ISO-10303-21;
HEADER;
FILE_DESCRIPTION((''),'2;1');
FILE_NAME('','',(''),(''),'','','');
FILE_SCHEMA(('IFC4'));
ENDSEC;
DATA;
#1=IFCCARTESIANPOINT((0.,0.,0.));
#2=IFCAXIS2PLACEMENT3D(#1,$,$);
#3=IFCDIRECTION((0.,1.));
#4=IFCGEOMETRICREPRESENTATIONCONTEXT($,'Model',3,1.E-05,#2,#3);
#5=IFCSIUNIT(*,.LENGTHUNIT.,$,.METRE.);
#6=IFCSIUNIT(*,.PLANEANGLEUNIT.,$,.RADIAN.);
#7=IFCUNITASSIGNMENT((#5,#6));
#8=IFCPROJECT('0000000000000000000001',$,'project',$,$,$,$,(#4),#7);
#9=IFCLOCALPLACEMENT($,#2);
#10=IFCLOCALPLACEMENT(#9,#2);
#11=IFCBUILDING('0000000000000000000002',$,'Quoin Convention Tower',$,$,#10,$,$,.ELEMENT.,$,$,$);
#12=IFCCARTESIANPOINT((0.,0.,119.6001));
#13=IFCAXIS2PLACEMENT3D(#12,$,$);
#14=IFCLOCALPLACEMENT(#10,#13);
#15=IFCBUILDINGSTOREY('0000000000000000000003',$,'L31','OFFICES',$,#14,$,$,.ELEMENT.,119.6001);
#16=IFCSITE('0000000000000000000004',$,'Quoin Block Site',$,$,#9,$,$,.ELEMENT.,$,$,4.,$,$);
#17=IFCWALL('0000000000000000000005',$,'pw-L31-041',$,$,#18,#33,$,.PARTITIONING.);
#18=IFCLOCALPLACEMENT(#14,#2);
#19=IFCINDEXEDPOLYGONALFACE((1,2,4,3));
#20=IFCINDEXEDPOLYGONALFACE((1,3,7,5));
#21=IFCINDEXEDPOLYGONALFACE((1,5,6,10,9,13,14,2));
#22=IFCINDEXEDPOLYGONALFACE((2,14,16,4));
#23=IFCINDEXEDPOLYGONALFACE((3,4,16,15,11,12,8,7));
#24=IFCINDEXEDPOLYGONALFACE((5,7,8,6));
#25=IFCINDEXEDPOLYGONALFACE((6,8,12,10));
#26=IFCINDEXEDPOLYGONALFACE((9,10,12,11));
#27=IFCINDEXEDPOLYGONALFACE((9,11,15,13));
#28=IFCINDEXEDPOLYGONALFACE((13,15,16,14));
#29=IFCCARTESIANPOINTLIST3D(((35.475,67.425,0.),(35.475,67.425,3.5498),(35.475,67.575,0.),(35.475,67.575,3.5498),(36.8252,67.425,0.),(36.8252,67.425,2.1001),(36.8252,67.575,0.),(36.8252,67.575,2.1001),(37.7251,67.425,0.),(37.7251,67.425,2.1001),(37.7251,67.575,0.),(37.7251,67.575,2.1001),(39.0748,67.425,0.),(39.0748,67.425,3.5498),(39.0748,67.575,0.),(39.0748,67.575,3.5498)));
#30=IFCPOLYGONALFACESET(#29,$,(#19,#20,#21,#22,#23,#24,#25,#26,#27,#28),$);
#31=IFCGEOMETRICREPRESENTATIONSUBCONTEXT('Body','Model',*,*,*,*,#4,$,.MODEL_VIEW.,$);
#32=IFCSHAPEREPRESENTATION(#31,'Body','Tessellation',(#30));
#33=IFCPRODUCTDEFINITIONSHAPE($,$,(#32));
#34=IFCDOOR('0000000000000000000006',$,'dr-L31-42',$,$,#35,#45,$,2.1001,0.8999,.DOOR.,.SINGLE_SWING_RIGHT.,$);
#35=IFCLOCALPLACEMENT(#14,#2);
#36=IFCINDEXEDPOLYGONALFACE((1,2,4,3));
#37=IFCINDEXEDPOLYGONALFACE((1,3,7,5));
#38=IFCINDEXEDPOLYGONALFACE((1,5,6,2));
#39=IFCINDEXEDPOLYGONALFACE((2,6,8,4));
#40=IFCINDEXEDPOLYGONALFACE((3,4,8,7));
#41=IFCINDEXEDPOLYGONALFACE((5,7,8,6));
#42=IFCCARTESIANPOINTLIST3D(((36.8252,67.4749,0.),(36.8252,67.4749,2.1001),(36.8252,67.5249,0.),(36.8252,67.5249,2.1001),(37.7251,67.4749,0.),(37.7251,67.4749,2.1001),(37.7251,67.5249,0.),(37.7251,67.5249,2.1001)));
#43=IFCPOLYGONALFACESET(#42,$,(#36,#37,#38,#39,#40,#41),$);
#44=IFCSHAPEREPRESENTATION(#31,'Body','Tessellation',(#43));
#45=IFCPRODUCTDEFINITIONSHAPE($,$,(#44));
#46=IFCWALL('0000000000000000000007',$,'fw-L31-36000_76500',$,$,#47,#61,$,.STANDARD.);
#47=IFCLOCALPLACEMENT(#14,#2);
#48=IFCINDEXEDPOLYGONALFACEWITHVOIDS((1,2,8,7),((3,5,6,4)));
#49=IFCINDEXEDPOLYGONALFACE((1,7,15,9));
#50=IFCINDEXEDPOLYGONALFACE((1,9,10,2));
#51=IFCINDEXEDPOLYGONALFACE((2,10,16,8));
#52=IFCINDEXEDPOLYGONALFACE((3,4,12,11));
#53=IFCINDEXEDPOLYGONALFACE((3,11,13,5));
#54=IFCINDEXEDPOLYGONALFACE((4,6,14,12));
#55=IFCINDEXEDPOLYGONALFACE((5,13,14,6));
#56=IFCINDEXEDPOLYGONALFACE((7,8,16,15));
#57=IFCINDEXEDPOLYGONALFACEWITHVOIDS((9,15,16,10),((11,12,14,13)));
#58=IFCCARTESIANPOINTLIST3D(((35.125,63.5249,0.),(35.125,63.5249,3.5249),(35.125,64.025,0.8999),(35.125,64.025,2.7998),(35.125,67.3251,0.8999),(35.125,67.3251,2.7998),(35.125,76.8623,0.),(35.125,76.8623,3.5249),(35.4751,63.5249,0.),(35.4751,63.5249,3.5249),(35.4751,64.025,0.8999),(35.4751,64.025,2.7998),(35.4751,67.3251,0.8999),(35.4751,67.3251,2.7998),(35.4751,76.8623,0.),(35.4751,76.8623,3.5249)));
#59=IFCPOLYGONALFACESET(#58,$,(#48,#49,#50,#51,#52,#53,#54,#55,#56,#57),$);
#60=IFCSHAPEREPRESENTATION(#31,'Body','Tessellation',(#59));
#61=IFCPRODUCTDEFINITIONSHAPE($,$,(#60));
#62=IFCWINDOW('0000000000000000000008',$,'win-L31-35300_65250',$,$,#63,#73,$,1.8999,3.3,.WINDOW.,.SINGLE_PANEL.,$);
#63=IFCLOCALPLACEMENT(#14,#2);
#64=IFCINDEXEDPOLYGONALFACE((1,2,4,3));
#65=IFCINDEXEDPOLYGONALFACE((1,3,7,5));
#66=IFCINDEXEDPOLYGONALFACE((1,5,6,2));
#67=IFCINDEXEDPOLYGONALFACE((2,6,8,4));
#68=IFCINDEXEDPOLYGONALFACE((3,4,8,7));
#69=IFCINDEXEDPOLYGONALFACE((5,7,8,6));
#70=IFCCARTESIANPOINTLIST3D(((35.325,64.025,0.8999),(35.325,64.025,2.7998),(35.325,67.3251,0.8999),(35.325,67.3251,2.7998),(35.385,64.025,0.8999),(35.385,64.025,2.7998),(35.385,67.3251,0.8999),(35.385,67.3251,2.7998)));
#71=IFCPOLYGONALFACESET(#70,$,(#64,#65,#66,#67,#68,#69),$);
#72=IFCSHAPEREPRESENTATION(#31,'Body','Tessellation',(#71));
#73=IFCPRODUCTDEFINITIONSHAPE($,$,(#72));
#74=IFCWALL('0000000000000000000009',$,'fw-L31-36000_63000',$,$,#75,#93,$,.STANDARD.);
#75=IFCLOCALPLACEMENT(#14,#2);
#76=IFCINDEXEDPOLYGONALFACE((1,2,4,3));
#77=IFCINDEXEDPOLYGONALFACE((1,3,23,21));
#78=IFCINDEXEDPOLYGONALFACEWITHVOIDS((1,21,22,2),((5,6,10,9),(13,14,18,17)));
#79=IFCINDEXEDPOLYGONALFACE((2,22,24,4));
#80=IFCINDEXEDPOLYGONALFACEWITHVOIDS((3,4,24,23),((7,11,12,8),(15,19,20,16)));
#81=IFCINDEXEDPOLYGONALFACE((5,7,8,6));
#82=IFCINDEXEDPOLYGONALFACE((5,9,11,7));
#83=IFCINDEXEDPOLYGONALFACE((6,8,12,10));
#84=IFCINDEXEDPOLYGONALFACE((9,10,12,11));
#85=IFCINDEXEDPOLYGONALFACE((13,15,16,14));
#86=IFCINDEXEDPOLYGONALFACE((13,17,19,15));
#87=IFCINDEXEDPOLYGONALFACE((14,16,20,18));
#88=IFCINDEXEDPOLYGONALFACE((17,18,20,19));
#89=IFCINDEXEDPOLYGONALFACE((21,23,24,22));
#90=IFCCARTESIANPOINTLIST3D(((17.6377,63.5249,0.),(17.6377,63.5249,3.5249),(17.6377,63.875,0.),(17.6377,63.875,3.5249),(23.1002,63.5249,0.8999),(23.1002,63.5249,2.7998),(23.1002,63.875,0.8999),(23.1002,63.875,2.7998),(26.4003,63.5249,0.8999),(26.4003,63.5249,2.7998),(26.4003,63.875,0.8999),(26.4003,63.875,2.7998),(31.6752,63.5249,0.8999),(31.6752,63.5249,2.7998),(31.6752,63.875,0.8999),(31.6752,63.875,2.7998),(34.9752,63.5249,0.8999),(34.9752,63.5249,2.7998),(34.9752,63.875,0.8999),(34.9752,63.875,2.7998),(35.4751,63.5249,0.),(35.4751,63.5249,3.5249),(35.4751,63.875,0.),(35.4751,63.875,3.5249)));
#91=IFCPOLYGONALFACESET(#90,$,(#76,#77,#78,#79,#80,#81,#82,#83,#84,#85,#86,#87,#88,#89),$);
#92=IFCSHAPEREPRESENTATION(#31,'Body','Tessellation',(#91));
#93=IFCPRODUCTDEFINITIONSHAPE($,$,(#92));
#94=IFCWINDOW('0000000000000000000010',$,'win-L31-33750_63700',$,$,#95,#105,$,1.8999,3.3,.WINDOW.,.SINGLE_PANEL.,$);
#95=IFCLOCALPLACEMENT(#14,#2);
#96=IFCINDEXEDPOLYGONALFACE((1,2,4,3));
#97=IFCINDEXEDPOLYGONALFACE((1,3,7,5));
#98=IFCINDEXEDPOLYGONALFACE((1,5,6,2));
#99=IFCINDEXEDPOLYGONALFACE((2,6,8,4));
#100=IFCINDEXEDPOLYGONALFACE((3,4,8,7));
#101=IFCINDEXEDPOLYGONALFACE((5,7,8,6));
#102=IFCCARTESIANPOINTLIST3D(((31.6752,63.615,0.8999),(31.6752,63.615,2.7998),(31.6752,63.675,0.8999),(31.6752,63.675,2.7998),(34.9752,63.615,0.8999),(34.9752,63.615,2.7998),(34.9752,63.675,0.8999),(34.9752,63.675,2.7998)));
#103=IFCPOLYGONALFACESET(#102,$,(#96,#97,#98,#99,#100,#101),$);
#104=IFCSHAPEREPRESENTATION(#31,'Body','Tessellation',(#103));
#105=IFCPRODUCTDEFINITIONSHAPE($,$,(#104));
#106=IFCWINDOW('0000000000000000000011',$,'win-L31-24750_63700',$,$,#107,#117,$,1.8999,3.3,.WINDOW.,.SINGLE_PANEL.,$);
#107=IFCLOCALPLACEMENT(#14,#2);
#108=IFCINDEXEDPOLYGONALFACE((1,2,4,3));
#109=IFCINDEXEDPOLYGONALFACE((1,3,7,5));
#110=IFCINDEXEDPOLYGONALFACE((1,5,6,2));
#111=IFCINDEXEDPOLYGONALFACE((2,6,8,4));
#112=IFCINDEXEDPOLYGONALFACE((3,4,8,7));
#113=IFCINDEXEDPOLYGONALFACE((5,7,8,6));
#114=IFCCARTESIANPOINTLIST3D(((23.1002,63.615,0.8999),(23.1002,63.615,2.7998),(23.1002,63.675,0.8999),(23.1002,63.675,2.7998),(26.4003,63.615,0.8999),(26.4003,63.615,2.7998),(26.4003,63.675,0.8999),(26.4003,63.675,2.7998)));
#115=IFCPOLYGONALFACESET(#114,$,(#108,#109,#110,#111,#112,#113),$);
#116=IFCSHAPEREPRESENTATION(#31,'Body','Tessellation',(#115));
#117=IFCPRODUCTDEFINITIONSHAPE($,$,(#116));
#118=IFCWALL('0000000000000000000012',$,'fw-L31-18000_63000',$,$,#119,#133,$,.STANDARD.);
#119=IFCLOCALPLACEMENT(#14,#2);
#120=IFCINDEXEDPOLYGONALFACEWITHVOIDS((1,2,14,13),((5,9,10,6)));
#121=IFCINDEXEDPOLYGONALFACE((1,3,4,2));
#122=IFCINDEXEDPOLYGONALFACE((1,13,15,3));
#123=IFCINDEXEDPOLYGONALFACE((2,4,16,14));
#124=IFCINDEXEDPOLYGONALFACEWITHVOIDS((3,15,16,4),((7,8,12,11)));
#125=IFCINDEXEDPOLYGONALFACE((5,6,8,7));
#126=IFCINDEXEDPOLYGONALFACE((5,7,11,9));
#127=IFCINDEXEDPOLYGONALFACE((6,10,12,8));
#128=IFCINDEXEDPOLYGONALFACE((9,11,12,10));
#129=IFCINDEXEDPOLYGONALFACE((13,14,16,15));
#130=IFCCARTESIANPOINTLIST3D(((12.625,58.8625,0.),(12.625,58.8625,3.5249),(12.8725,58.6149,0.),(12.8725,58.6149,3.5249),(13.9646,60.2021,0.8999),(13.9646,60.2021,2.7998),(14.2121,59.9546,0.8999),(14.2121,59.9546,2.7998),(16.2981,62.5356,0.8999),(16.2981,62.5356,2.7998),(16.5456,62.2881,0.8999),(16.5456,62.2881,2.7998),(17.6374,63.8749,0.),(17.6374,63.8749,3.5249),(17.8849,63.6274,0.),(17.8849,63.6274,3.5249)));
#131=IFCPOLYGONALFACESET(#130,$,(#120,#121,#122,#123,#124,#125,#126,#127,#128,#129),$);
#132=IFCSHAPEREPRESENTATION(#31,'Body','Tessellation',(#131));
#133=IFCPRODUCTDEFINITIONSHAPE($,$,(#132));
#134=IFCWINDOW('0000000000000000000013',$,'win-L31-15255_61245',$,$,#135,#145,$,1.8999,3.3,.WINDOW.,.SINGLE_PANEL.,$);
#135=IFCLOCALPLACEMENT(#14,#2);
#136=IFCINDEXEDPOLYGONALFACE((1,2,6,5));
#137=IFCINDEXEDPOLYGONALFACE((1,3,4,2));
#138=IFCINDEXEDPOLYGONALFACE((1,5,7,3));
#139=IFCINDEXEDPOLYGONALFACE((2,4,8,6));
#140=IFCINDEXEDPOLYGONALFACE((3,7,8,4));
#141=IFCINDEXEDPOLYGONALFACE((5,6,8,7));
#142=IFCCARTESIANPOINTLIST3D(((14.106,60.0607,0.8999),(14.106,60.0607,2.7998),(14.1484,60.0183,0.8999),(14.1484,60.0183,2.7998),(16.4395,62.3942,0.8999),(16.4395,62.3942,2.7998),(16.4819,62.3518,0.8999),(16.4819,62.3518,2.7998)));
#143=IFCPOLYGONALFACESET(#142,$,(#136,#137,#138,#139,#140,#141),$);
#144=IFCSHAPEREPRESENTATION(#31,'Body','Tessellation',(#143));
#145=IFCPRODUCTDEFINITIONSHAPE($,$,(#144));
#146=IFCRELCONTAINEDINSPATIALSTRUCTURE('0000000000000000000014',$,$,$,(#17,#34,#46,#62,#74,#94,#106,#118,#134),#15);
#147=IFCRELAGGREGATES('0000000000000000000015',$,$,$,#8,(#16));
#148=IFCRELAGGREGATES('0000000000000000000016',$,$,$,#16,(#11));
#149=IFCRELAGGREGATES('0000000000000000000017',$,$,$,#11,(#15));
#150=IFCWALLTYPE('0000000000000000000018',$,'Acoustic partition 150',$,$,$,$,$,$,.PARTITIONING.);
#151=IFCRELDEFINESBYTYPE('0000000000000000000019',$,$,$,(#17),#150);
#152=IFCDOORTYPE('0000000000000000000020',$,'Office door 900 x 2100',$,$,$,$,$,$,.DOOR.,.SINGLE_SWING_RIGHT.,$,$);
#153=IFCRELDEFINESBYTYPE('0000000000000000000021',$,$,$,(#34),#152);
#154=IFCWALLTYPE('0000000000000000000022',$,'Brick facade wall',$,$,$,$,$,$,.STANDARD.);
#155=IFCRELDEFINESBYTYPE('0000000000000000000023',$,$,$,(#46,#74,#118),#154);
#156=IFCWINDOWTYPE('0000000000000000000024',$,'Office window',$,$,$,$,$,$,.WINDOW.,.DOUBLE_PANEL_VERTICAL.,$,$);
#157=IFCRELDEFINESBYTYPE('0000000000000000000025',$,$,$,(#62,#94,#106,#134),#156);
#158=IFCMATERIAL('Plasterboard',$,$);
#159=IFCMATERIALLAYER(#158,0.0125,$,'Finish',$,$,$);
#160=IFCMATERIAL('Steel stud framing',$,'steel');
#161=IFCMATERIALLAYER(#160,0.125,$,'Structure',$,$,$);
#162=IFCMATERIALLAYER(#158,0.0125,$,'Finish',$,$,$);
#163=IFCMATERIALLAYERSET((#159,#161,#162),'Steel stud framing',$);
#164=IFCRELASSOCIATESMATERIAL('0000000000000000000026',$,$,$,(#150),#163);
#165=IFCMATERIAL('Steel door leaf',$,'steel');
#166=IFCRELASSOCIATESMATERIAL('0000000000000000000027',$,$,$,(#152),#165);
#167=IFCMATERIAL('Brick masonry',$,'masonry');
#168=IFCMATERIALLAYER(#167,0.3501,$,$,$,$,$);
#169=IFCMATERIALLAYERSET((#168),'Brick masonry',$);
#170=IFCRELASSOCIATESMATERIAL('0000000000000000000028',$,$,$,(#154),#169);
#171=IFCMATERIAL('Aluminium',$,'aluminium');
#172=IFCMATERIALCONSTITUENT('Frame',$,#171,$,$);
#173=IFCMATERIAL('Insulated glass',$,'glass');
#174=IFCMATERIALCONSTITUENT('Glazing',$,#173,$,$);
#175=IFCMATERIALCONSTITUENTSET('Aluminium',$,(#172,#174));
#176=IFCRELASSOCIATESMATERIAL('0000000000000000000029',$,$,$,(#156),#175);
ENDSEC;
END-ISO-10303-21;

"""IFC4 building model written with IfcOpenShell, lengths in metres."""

from ifc_helpers import new_model, si_unit, direction, frame, frame_2d, origin, place, context, subcontext, project, spatial, rectangle, extrude, material, layer, layer_set, constituent, constituent_set, type_object, element, fill, save


model = new_model("IFC4")

# Units and contexts
model_context = context("Model", 3, precision=1e-05, world=origin(), true_north=direction((0.0, 1.0)))
body_context = subcontext(model_context, "Body", "Model", "MODEL_VIEW")
ifc_project = project(units=[si_unit("LENGTHUNIT", "METRE"), si_unit("PLANEANGLEUNIT", "RADIAN")], contexts=[model_context])

# Site, building, storey
site_placement = place(None, origin())
site = spatial("IfcSite", under=ifc_project, at=site_placement, Name="Quoin Block Site", CompositionType="ELEMENT", RefElevation=4.0)
building_placement = place(site_placement, origin())
building = spatial("IfcBuilding", under=site, at=building_placement, Name="Quoin Convention Tower", CompositionType="ELEMENT")
storey_placement = place(building_placement, frame((0.0, 0.0, 119.6001)))
storey = spatial("IfcBuildingStorey", under=building, at=storey_placement, Name="L31", Description="OFFICES", CompositionType="ELEMENT", Elevation=119.6001)

# Wall, opening, door
ifc_material_1 = material(Name="Plasterboard")
ifc_layer_1 = layer(ifc_material_1, 0.0125, Name="Finish")
ifc_material_2 = material(Name="Steel stud framing", Category="steel")
ifc_layer_2 = layer(ifc_material_2, 0.125, Name="Structure")
ifc_layer_3 = layer(ifc_material_1, 0.0125, Name="Finish")
ifc_layer_set_1 = layer_set([ifc_layer_1, ifc_layer_2, ifc_layer_3], Name="Steel stud framing")
wall_type_1 = type_object("IfcWallType", Name="Acoustic partition 150", PredefinedType="PARTITIONING", material=ifc_layer_set_1)
wall_1_placement = place(storey_placement, frame((35.4751, 67.5, 0.0), z_axis=(0.0, 0.0, 1.0), x_axis=(1.0, 0.0, 0.0)))
wall_1 = element("IfcWall", 1, at=wall_1_placement, inside=storey, type_object=wall_type_1, Name="pw-L31-041", PredefinedType="PARTITIONING", context=body_context, shape_type="SweptSolid", body=[
    extrude(rectangle(XDim=3.5999, YDim=0.1499, at=frame_2d((1.7998, 0.0))), origin(), (0.0, 0.0, 1.0), 3.5498),
])
opening_1_placement = place(wall_1_placement, frame((1.3501, 0.0, 0.0)))
opening_1 = element("IfcOpeningElement", 2, at=opening_1_placement, cuts=wall_1, PredefinedType="OPENING", context=body_context, shape_type="SweptSolid", body=[
    extrude(rectangle(XDim=0.8999, YDim=2.1001, at=frame_2d((0.45, 1.05))), frame((0.0, 0.085, 0.0), z_axis=(0.0, -1.0, 0.0), x_axis=(1.0, 0.0, 0.0)), (0.0, 0.0, 1.0), 0.1699),
])
ifc_material_3 = material(Name="Steel door leaf", Category="steel")
door_type = type_object("IfcDoorType", Name="Office door 900 x 2100", OperationType="SINGLE_SWING_RIGHT", PredefinedType="DOOR", material=ifc_material_3)
door_1_placement = place(opening_1_placement, origin())
door_1 = element("IfcDoor", 3, at=door_1_placement, inside=storey, type_object=door_type, Name="dr-L31-42", OperationType="SINGLE_SWING_RIGHT", OverallHeight=2.1001, OverallWidth=0.8999, PredefinedType="DOOR", context=body_context, shape_type="SweptSolid", body=[
    extrude(rectangle(XDim=0.8999, YDim=2.1001, at=frame_2d((0.45, 1.05))), frame((0.0, 0.0249, 0.0), z_axis=(0.0, -1.0, 0.0), x_axis=(1.0, 0.0, 0.0)), (0.0, 0.0, 1.0), 0.05),
])
fill(opening_1, door_1)

# Wall, opening, window
ifc_material_4 = material(Name="Brick masonry", Category="masonry")
ifc_layer_4 = layer(ifc_material_4, 0.3501)
ifc_layer_set_2 = layer_set([ifc_layer_4], Name="Brick masonry")
wall_type_2 = type_object("IfcWallType", Name="Brick facade wall", PredefinedType="STANDARD", material=ifc_layer_set_2)
wall_2_placement = place(storey_placement, frame((35.3, 76.8623, 0.0), z_axis=(0.0, 0.0, 1.0), x_axis=(0.0, -1.0, 0.0)))
wall_2 = element("IfcWall", 4, at=wall_2_placement, inside=storey, type_object=wall_type_2, Name="fw-L31-36000_76500", PredefinedType="STANDARD", context=body_context, shape_type="SweptSolid", body=[
    extrude(rectangle(XDim=13.3374, YDim=0.3501, at=frame_2d((6.6687, 0.0))), origin(), (0.0, 0.0, 1.0), 3.5249),
])
opening_2_placement = place(wall_2_placement, frame((9.5374, 0.0, 0.8999)))
opening_2 = element("IfcOpeningElement", 5, at=opening_2_placement, cuts=wall_2, PredefinedType="OPENING", context=body_context, shape_type="SweptSolid", body=[
    extrude(rectangle(XDim=3.3, YDim=1.8999, at=frame_2d((1.6499, 0.95))), frame((0.0, 0.1851, 0.0), z_axis=(0.0, -1.0, 0.0), x_axis=(1.0, 0.0, 0.0)), (0.0, 0.0, 1.0), 0.3701),
])
ifc_material_5 = material(Name="Aluminium", Category="aluminium")
ifc_constituent_1 = constituent(ifc_material_5, Name="Frame")
ifc_material_6 = material(Name="Insulated glass", Category="glass")
ifc_constituent_2 = constituent(ifc_material_6, Name="Glazing")
ifc_constituent_set = constituent_set(constituents=[ifc_constituent_1, ifc_constituent_2], Name="Aluminium")
window_type = type_object("IfcWindowType", Name="Office window", PartitioningType="DOUBLE_PANEL_VERTICAL", PredefinedType="WINDOW", material=ifc_constituent_set)
window_1_placement = place(opening_2_placement, origin())
window_1 = element("IfcWindow", 6, at=window_1_placement, inside=storey, type_object=window_type, Name="win-L31-35300_65250", OverallHeight=1.8999, OverallWidth=3.3, PartitioningType="SINGLE_PANEL", PredefinedType="WINDOW", context=body_context, shape_type="SweptSolid", body=[
    extrude(rectangle(XDim=3.3, YDim=1.8999, at=frame_2d((1.6499, 0.95))), frame((0.0, 0.085, 0.0), z_axis=(0.0, -1.0, 0.0), x_axis=(1.0, 0.0, 0.0)), (0.0, 0.0, 1.0), 0.0601),
])
fill(opening_2, window_1)

# Wall, openings, windows
wall_3_placement = place(storey_placement, frame((35.4751, 63.7, 0.0), z_axis=(0.0, 0.0, 1.0), x_axis=(-1.0, 0.0, 0.0)))
wall_3 = element("IfcWall", 7, at=wall_3_placement, inside=storey, type_object=wall_type_2, Name="fw-L31-36000_63000", PredefinedType="STANDARD", context=body_context, shape_type="SweptSolid", body=[
    extrude(rectangle(XDim=17.8374, YDim=0.3501, at=frame_2d((8.9187, 0.0))), origin(), (0.0, 0.0, 1.0), 3.5249),
])
opening_3_placement = place(wall_3_placement, frame((0.5, 0.0, 0.8999)))
opening_3 = element("IfcOpeningElement", 8, at=opening_3_placement, cuts=wall_3, PredefinedType="OPENING", context=body_context, shape_type="SweptSolid", body=[
    extrude(rectangle(XDim=3.3, YDim=1.8999, at=frame_2d((1.6499, 0.95))), frame((0.0, 0.1851, 0.0), z_axis=(0.0, -1.0, 0.0), x_axis=(1.0, 0.0, 0.0)), (0.0, 0.0, 1.0), 0.3701),
])
opening_4_placement = place(wall_3_placement, frame((9.075, 0.0, 0.8999)))
opening_4 = element("IfcOpeningElement", 9, at=opening_4_placement, cuts=wall_3, PredefinedType="OPENING", context=body_context, shape_type="SweptSolid", body=[
    extrude(rectangle(XDim=3.3, YDim=1.8999, at=frame_2d((1.6499, 0.95))), frame((0.0, 0.1851, 0.0), z_axis=(0.0, -1.0, 0.0), x_axis=(1.0, 0.0, 0.0)), (0.0, 0.0, 1.0), 0.3701),
])
window_2_placement = place(opening_3_placement, origin())
window_2 = element("IfcWindow", 10, at=window_2_placement, inside=storey, type_object=window_type, Name="win-L31-33750_63700", OverallHeight=1.8999, OverallWidth=3.3, PartitioningType="SINGLE_PANEL", PredefinedType="WINDOW", context=body_context, shape_type="SweptSolid", body=[
    extrude(rectangle(XDim=3.3, YDim=1.8999, at=frame_2d((1.6499, 0.95))), frame((0.0, 0.085, 0.0), z_axis=(0.0, -1.0, 0.0), x_axis=(1.0, 0.0, 0.0)), (0.0, 0.0, 1.0), 0.0601),
])
fill(opening_3, window_2)
window_3_placement = place(opening_4_placement, origin())
window_3 = element("IfcWindow", 11, at=window_3_placement, inside=storey, type_object=window_type, Name="win-L31-24750_63700", OverallHeight=1.8999, OverallWidth=3.3, PartitioningType="SINGLE_PANEL", PredefinedType="WINDOW", context=body_context, shape_type="SweptSolid", body=[
    extrude(rectangle(XDim=3.3, YDim=1.8999, at=frame_2d((1.6499, 0.95))), frame((0.0, 0.085, 0.0), z_axis=(0.0, -1.0, 0.0), x_axis=(1.0, 0.0, 0.0)), (0.0, 0.0, 1.0), 0.0601),
])
fill(opening_4, window_3)

# Wall, opening, window
wall_4_placement = place(storey_placement, frame((17.7612, 63.7512, 0.0), z_axis=(0.0, 0.0, 1.0), x_axis=(-0.707107, -0.707107, 0.0)))
wall_4 = element("IfcWall", 12, at=wall_4_placement, inside=storey, type_object=wall_type_2, Name="fw-L31-18000_63000", PredefinedType="STANDARD", context=body_context, shape_type="SweptSolid", body=[
    extrude(rectangle(XDim=7.0886, YDim=0.3501, at=frame_2d((3.5444, 0.0))), origin(), (0.0, 0.0, 1.0), 3.5249),
])
opening_5_placement = place(wall_4_placement, frame((1.8943, 0.0, 0.8999)))
opening_5 = element("IfcOpeningElement", 13, at=opening_5_placement, cuts=wall_4, PredefinedType="OPENING", context=body_context, shape_type="SweptSolid", body=[
    extrude(rectangle(XDim=3.3, YDim=1.8999, at=frame_2d((1.6499, 0.95))), frame((0.0, 0.1851, 0.0), z_axis=(0.0, -1.0, 0.0), x_axis=(1.0, 0.0, 0.0)), (0.0, 0.0, 1.0), 0.3701),
])
window_4_placement = place(opening_5_placement, origin())
window_4 = element("IfcWindow", 14, at=window_4_placement, inside=storey, type_object=window_type, Name="win-L31-15255_61245", OverallHeight=1.8999, OverallWidth=3.3, PartitioningType="SINGLE_PANEL", PredefinedType="WINDOW", context=body_context, shape_type="SweptSolid", body=[
    extrude(rectangle(XDim=3.3, YDim=1.8999, at=frame_2d((1.6499, 0.95))), frame((0.0, 0.085, 0.0), z_axis=(0.0, -1.0, 0.0), x_axis=(1.0, 0.0, 0.0)), (0.0, 0.0, 1.0), 0.0601),
])
fill(opening_5, window_4)

save(model, "model.ifc")
